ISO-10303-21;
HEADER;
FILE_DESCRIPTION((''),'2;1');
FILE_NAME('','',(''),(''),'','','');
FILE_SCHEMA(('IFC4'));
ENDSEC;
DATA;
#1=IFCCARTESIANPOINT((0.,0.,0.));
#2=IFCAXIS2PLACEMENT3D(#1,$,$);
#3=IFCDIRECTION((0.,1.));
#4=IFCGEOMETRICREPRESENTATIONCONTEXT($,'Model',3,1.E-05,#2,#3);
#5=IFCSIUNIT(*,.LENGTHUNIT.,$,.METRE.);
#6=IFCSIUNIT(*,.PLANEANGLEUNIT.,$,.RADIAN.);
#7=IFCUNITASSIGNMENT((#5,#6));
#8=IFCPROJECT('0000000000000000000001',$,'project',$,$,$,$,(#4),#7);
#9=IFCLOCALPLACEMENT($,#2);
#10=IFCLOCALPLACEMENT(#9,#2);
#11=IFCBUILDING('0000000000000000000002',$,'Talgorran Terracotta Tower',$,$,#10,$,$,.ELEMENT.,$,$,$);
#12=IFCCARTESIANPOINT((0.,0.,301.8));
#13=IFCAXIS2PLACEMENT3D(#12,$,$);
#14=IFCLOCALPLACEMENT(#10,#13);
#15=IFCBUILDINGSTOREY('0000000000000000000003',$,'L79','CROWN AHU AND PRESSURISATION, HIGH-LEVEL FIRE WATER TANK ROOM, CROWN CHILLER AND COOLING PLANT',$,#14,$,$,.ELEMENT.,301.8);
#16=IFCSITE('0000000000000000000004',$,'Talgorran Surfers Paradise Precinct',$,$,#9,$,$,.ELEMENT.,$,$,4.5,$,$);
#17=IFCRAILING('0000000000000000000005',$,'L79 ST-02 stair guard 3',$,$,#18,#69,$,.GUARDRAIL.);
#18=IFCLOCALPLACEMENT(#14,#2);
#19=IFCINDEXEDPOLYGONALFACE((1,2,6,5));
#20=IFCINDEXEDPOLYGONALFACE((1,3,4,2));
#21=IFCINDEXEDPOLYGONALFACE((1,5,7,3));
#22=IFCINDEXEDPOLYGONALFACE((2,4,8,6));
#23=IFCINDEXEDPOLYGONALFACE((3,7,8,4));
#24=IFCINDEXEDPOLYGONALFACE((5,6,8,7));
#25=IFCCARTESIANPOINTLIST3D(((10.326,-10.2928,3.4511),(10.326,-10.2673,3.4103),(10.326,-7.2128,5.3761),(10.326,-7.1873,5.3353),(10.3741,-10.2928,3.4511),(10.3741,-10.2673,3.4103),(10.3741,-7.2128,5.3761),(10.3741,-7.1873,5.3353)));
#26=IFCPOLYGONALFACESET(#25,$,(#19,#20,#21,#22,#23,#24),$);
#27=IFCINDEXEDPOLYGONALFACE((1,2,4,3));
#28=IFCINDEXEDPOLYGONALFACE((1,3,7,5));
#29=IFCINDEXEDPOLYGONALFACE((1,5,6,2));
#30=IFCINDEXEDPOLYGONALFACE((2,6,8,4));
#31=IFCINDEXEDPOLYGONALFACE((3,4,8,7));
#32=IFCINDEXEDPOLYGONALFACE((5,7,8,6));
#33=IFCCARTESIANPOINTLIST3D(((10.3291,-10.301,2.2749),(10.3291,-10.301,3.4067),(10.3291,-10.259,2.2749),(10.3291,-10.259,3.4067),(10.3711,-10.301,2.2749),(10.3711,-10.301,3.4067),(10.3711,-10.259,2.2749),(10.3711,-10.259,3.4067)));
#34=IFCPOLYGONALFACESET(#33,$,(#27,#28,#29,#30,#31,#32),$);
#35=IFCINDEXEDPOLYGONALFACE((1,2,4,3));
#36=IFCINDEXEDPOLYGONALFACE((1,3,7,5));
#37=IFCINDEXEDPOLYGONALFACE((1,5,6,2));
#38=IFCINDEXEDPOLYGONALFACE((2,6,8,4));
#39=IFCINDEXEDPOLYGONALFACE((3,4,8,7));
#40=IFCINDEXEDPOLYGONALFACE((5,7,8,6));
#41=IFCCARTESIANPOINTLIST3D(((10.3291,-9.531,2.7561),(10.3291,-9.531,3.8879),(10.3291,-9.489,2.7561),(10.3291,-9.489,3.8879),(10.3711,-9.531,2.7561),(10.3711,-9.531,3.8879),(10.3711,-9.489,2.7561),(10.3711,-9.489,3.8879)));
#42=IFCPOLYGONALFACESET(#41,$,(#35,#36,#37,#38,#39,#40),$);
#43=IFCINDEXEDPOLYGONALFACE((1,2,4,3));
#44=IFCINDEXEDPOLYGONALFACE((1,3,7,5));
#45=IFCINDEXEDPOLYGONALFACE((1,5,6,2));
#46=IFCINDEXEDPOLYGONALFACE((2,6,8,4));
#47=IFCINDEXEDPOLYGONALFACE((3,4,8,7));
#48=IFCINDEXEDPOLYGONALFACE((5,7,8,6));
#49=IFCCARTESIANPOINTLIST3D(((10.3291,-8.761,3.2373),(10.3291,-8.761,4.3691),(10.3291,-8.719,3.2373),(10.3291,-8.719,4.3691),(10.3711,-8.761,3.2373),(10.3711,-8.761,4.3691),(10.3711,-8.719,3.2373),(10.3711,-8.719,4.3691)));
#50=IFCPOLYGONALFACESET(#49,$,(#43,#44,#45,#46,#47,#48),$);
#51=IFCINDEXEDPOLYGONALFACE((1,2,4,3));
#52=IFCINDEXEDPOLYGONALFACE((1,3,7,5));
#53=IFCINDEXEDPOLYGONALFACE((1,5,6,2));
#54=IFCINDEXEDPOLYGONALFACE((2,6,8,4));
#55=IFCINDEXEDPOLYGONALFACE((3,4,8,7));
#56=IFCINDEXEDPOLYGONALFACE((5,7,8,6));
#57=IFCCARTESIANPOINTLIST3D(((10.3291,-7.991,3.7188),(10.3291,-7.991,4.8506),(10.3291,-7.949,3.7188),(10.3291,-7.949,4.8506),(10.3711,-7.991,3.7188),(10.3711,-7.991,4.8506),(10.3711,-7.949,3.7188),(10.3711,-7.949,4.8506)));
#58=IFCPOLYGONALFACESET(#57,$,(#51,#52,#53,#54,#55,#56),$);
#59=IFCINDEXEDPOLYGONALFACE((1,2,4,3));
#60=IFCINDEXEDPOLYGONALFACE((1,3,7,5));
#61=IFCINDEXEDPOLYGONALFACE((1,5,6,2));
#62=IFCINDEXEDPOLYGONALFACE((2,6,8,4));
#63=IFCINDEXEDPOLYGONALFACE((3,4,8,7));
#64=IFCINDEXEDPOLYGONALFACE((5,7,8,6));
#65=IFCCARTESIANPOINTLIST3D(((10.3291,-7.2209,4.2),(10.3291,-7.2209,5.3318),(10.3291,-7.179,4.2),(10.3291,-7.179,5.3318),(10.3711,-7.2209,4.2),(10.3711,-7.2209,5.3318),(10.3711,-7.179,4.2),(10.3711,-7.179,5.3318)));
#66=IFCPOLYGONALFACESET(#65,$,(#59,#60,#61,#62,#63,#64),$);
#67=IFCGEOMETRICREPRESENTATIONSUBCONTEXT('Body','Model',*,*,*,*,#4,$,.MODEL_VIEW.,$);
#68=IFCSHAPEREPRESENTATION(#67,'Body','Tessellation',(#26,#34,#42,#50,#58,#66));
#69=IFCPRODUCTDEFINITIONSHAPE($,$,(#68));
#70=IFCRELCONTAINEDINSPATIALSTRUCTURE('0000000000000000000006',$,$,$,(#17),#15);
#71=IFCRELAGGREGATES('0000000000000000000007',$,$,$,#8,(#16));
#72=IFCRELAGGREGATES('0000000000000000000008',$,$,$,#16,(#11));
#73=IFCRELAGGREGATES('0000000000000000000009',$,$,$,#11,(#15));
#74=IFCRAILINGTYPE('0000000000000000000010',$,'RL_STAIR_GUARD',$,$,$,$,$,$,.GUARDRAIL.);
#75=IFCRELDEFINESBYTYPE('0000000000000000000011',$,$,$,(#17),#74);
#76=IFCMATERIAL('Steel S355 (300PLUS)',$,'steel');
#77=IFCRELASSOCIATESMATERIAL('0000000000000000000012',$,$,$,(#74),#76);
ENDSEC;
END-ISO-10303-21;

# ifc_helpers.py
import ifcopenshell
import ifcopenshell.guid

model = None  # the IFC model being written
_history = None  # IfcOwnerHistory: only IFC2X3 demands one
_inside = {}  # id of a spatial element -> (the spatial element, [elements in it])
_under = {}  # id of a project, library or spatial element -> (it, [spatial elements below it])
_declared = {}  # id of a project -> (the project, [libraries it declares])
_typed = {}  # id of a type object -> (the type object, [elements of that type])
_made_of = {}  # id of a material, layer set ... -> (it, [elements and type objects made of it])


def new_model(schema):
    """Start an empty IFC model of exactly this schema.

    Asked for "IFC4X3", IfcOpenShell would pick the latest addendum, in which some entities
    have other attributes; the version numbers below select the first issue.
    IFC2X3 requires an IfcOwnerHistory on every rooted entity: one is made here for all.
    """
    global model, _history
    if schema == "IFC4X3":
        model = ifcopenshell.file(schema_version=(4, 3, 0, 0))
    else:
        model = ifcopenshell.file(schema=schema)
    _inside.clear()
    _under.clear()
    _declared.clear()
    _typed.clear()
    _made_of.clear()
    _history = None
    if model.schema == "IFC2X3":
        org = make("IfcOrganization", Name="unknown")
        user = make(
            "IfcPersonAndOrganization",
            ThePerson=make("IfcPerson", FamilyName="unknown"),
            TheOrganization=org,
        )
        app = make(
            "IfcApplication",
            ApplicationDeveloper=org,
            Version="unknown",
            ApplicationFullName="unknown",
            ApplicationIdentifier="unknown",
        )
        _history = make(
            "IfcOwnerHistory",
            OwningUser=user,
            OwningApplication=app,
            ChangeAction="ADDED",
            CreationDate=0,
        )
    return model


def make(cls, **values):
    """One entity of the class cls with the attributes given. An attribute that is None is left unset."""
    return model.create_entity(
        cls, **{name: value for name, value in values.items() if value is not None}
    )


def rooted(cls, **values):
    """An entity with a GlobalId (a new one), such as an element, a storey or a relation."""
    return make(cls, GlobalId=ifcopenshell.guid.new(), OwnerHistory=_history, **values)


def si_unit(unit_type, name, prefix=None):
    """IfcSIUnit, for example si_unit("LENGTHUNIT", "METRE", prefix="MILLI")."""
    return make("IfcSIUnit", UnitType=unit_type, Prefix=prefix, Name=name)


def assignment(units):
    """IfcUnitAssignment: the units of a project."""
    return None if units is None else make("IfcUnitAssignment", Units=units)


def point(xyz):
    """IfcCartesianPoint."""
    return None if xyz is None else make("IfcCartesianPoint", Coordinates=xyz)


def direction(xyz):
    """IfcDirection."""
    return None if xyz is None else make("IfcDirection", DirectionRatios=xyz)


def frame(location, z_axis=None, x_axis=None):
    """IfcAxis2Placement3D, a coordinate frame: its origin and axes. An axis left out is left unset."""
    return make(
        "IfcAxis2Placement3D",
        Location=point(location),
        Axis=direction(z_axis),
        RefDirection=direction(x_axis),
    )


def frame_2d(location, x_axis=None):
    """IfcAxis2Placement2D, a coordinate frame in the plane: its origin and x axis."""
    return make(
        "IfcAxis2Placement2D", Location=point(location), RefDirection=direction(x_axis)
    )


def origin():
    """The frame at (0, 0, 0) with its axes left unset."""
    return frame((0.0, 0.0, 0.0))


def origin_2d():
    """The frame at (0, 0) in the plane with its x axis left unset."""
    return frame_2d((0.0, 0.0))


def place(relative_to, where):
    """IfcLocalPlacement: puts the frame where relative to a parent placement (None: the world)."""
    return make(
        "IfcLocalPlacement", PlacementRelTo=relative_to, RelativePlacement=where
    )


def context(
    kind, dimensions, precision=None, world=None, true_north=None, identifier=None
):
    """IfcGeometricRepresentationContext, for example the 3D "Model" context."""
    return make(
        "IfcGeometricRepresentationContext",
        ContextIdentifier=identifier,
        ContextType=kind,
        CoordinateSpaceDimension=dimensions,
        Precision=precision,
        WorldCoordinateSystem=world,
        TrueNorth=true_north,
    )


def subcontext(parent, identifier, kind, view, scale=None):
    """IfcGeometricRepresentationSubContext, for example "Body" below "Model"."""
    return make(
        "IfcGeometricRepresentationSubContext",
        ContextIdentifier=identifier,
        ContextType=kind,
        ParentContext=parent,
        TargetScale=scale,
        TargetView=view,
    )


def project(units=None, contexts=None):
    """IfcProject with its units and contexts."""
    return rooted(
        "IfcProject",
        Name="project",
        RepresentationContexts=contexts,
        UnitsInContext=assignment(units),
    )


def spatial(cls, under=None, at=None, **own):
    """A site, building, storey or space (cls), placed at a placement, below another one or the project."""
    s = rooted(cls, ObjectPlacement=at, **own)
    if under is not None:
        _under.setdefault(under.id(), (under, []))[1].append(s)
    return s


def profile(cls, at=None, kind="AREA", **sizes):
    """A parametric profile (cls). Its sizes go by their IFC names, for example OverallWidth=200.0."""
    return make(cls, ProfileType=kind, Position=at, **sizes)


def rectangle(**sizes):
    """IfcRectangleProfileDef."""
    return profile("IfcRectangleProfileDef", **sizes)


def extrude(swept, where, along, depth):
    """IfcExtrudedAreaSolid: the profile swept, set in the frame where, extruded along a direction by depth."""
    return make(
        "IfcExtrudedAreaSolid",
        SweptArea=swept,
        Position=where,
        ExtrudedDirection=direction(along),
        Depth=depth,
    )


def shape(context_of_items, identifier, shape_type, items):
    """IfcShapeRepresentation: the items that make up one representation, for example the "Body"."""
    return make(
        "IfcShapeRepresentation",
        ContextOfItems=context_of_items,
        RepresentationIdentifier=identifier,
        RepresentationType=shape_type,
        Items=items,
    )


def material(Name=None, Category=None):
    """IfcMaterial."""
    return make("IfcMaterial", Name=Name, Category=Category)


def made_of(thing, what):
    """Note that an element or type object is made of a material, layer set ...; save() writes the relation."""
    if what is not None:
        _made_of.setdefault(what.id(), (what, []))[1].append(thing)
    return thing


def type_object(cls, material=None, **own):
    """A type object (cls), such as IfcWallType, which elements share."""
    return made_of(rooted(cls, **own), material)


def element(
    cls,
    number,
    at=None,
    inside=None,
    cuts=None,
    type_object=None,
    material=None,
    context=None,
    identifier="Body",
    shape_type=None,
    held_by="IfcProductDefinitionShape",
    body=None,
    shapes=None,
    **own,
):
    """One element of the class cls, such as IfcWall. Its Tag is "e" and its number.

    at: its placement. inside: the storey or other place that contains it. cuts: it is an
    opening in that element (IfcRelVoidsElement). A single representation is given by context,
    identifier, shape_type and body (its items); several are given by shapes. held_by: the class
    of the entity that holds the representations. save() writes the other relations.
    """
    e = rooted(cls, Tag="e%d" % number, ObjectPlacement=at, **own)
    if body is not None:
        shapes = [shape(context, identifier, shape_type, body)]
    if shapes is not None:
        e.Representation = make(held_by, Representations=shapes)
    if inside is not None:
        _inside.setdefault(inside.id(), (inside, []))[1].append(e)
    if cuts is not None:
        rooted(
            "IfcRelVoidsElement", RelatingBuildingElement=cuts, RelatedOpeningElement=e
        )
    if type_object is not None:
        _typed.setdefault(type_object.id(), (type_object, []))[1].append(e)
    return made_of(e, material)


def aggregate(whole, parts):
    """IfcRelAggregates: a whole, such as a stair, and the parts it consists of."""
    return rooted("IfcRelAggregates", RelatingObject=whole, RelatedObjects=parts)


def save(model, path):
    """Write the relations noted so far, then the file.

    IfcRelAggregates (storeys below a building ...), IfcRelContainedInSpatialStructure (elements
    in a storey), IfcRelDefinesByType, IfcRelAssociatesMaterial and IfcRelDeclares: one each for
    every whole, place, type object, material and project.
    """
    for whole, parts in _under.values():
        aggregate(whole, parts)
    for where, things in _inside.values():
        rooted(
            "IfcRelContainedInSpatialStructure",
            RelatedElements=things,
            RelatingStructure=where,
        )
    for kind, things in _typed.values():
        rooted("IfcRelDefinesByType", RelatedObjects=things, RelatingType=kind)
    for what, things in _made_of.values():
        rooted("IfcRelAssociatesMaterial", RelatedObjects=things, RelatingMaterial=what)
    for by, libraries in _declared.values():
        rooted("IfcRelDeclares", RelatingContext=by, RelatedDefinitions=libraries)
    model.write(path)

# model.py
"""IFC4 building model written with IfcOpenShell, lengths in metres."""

from ifc_helpers import new_model, si_unit, direction, frame, origin, origin_2d, place, context, subcontext, project, spatial, rectangle, extrude, material, type_object, element, save


model = new_model("IFC4")

# Units and contexts
model_context = context("Model", 3, precision=1e-05, world=origin(), true_north=direction((0.0, 1.0)))
body_context = subcontext(model_context, "Body", "Model", "MODEL_VIEW")
ifc_project = project(units=[si_unit("LENGTHUNIT", "METRE"), si_unit("PLANEANGLEUNIT", "RADIAN")], contexts=[model_context])

# Site, building, storey
site_placement = place(None, origin())
site = spatial("IfcSite", under=ifc_project, at=site_placement, Name="Talgorran Surfers Paradise Precinct", CompositionType="ELEMENT", RefElevation=4.5)
building_placement = place(site_placement, origin())
building = spatial("IfcBuilding", under=site, at=building_placement, Name="Talgorran Terracotta Tower", CompositionType="ELEMENT")
storey_placement = place(building_placement, frame((0.0, 0.0, 301.8)))
storey = spatial("IfcBuildingStorey", under=building, at=storey_placement, Name="L79", Description="CROWN AHU AND PRESSURISATION, HIGH-LEVEL FIRE WATER TANK ROOM, CROWN CHILLER AND COOLING PLANT", CompositionType="ELEMENT", Elevation=301.8)

# Shared definitions
ifc_material_1 = material(Name="Steel S355 (300PLUS)", Category="steel")

# Railing
railing_type_1 = type_object("IfcRailingType", Name="RL_STAIR_GUARD", PredefinedType="GUARDRAIL", material=ifc_material_1)
railing_1_placement = place(storey_placement, frame((10.3501, -10.28, 2.2749)))
element("IfcRailing", 1, at=railing_1_placement, inside=storey, type_object=railing_type_1, Name="L79 ST-02 stair guard 3", PredefinedType="GUARDRAIL", context=body_context, shape_type="SweptSolid", body=[
    extrude(rectangle(XDim=0.0481, YDim=0.0481, at=origin_2d()), frame((0.0, 0.0, 1.1558), z_axis=(0.0, 0.847998, 0.529999), x_axis=(-1.0, 0.0, 0.0)), (0.0, 0.0, 1.0), 3.6321),
    extrude(rectangle(XDim=0.042, YDim=0.042, at=origin_2d()), origin(), (0.0, 0.0, 1.0), 1.1318),
    extrude(rectangle(XDim=0.042, YDim=0.042, at=origin_2d()), frame((0.0, 0.77, 0.4812)), (0.0, 0.0, 1.0), 1.1318),
    extrude(rectangle(XDim=0.042, YDim=0.042, at=origin_2d()), frame((0.0, 1.54, 0.9624)), (0.0, 0.0, 1.0), 1.1318),
    extrude(rectangle(XDim=0.042, YDim=0.042, at=origin_2d()), frame((0.0, 2.3101, 1.4438)), (0.0, 0.0, 1.0), 1.1318),
    extrude(rectangle(XDim=0.042, YDim=0.042, at=origin_2d()), frame((0.0, 3.0801, 1.925)), (0.0, 0.0, 1.0), 1.1318),
])

save(model, "model.ifc")
